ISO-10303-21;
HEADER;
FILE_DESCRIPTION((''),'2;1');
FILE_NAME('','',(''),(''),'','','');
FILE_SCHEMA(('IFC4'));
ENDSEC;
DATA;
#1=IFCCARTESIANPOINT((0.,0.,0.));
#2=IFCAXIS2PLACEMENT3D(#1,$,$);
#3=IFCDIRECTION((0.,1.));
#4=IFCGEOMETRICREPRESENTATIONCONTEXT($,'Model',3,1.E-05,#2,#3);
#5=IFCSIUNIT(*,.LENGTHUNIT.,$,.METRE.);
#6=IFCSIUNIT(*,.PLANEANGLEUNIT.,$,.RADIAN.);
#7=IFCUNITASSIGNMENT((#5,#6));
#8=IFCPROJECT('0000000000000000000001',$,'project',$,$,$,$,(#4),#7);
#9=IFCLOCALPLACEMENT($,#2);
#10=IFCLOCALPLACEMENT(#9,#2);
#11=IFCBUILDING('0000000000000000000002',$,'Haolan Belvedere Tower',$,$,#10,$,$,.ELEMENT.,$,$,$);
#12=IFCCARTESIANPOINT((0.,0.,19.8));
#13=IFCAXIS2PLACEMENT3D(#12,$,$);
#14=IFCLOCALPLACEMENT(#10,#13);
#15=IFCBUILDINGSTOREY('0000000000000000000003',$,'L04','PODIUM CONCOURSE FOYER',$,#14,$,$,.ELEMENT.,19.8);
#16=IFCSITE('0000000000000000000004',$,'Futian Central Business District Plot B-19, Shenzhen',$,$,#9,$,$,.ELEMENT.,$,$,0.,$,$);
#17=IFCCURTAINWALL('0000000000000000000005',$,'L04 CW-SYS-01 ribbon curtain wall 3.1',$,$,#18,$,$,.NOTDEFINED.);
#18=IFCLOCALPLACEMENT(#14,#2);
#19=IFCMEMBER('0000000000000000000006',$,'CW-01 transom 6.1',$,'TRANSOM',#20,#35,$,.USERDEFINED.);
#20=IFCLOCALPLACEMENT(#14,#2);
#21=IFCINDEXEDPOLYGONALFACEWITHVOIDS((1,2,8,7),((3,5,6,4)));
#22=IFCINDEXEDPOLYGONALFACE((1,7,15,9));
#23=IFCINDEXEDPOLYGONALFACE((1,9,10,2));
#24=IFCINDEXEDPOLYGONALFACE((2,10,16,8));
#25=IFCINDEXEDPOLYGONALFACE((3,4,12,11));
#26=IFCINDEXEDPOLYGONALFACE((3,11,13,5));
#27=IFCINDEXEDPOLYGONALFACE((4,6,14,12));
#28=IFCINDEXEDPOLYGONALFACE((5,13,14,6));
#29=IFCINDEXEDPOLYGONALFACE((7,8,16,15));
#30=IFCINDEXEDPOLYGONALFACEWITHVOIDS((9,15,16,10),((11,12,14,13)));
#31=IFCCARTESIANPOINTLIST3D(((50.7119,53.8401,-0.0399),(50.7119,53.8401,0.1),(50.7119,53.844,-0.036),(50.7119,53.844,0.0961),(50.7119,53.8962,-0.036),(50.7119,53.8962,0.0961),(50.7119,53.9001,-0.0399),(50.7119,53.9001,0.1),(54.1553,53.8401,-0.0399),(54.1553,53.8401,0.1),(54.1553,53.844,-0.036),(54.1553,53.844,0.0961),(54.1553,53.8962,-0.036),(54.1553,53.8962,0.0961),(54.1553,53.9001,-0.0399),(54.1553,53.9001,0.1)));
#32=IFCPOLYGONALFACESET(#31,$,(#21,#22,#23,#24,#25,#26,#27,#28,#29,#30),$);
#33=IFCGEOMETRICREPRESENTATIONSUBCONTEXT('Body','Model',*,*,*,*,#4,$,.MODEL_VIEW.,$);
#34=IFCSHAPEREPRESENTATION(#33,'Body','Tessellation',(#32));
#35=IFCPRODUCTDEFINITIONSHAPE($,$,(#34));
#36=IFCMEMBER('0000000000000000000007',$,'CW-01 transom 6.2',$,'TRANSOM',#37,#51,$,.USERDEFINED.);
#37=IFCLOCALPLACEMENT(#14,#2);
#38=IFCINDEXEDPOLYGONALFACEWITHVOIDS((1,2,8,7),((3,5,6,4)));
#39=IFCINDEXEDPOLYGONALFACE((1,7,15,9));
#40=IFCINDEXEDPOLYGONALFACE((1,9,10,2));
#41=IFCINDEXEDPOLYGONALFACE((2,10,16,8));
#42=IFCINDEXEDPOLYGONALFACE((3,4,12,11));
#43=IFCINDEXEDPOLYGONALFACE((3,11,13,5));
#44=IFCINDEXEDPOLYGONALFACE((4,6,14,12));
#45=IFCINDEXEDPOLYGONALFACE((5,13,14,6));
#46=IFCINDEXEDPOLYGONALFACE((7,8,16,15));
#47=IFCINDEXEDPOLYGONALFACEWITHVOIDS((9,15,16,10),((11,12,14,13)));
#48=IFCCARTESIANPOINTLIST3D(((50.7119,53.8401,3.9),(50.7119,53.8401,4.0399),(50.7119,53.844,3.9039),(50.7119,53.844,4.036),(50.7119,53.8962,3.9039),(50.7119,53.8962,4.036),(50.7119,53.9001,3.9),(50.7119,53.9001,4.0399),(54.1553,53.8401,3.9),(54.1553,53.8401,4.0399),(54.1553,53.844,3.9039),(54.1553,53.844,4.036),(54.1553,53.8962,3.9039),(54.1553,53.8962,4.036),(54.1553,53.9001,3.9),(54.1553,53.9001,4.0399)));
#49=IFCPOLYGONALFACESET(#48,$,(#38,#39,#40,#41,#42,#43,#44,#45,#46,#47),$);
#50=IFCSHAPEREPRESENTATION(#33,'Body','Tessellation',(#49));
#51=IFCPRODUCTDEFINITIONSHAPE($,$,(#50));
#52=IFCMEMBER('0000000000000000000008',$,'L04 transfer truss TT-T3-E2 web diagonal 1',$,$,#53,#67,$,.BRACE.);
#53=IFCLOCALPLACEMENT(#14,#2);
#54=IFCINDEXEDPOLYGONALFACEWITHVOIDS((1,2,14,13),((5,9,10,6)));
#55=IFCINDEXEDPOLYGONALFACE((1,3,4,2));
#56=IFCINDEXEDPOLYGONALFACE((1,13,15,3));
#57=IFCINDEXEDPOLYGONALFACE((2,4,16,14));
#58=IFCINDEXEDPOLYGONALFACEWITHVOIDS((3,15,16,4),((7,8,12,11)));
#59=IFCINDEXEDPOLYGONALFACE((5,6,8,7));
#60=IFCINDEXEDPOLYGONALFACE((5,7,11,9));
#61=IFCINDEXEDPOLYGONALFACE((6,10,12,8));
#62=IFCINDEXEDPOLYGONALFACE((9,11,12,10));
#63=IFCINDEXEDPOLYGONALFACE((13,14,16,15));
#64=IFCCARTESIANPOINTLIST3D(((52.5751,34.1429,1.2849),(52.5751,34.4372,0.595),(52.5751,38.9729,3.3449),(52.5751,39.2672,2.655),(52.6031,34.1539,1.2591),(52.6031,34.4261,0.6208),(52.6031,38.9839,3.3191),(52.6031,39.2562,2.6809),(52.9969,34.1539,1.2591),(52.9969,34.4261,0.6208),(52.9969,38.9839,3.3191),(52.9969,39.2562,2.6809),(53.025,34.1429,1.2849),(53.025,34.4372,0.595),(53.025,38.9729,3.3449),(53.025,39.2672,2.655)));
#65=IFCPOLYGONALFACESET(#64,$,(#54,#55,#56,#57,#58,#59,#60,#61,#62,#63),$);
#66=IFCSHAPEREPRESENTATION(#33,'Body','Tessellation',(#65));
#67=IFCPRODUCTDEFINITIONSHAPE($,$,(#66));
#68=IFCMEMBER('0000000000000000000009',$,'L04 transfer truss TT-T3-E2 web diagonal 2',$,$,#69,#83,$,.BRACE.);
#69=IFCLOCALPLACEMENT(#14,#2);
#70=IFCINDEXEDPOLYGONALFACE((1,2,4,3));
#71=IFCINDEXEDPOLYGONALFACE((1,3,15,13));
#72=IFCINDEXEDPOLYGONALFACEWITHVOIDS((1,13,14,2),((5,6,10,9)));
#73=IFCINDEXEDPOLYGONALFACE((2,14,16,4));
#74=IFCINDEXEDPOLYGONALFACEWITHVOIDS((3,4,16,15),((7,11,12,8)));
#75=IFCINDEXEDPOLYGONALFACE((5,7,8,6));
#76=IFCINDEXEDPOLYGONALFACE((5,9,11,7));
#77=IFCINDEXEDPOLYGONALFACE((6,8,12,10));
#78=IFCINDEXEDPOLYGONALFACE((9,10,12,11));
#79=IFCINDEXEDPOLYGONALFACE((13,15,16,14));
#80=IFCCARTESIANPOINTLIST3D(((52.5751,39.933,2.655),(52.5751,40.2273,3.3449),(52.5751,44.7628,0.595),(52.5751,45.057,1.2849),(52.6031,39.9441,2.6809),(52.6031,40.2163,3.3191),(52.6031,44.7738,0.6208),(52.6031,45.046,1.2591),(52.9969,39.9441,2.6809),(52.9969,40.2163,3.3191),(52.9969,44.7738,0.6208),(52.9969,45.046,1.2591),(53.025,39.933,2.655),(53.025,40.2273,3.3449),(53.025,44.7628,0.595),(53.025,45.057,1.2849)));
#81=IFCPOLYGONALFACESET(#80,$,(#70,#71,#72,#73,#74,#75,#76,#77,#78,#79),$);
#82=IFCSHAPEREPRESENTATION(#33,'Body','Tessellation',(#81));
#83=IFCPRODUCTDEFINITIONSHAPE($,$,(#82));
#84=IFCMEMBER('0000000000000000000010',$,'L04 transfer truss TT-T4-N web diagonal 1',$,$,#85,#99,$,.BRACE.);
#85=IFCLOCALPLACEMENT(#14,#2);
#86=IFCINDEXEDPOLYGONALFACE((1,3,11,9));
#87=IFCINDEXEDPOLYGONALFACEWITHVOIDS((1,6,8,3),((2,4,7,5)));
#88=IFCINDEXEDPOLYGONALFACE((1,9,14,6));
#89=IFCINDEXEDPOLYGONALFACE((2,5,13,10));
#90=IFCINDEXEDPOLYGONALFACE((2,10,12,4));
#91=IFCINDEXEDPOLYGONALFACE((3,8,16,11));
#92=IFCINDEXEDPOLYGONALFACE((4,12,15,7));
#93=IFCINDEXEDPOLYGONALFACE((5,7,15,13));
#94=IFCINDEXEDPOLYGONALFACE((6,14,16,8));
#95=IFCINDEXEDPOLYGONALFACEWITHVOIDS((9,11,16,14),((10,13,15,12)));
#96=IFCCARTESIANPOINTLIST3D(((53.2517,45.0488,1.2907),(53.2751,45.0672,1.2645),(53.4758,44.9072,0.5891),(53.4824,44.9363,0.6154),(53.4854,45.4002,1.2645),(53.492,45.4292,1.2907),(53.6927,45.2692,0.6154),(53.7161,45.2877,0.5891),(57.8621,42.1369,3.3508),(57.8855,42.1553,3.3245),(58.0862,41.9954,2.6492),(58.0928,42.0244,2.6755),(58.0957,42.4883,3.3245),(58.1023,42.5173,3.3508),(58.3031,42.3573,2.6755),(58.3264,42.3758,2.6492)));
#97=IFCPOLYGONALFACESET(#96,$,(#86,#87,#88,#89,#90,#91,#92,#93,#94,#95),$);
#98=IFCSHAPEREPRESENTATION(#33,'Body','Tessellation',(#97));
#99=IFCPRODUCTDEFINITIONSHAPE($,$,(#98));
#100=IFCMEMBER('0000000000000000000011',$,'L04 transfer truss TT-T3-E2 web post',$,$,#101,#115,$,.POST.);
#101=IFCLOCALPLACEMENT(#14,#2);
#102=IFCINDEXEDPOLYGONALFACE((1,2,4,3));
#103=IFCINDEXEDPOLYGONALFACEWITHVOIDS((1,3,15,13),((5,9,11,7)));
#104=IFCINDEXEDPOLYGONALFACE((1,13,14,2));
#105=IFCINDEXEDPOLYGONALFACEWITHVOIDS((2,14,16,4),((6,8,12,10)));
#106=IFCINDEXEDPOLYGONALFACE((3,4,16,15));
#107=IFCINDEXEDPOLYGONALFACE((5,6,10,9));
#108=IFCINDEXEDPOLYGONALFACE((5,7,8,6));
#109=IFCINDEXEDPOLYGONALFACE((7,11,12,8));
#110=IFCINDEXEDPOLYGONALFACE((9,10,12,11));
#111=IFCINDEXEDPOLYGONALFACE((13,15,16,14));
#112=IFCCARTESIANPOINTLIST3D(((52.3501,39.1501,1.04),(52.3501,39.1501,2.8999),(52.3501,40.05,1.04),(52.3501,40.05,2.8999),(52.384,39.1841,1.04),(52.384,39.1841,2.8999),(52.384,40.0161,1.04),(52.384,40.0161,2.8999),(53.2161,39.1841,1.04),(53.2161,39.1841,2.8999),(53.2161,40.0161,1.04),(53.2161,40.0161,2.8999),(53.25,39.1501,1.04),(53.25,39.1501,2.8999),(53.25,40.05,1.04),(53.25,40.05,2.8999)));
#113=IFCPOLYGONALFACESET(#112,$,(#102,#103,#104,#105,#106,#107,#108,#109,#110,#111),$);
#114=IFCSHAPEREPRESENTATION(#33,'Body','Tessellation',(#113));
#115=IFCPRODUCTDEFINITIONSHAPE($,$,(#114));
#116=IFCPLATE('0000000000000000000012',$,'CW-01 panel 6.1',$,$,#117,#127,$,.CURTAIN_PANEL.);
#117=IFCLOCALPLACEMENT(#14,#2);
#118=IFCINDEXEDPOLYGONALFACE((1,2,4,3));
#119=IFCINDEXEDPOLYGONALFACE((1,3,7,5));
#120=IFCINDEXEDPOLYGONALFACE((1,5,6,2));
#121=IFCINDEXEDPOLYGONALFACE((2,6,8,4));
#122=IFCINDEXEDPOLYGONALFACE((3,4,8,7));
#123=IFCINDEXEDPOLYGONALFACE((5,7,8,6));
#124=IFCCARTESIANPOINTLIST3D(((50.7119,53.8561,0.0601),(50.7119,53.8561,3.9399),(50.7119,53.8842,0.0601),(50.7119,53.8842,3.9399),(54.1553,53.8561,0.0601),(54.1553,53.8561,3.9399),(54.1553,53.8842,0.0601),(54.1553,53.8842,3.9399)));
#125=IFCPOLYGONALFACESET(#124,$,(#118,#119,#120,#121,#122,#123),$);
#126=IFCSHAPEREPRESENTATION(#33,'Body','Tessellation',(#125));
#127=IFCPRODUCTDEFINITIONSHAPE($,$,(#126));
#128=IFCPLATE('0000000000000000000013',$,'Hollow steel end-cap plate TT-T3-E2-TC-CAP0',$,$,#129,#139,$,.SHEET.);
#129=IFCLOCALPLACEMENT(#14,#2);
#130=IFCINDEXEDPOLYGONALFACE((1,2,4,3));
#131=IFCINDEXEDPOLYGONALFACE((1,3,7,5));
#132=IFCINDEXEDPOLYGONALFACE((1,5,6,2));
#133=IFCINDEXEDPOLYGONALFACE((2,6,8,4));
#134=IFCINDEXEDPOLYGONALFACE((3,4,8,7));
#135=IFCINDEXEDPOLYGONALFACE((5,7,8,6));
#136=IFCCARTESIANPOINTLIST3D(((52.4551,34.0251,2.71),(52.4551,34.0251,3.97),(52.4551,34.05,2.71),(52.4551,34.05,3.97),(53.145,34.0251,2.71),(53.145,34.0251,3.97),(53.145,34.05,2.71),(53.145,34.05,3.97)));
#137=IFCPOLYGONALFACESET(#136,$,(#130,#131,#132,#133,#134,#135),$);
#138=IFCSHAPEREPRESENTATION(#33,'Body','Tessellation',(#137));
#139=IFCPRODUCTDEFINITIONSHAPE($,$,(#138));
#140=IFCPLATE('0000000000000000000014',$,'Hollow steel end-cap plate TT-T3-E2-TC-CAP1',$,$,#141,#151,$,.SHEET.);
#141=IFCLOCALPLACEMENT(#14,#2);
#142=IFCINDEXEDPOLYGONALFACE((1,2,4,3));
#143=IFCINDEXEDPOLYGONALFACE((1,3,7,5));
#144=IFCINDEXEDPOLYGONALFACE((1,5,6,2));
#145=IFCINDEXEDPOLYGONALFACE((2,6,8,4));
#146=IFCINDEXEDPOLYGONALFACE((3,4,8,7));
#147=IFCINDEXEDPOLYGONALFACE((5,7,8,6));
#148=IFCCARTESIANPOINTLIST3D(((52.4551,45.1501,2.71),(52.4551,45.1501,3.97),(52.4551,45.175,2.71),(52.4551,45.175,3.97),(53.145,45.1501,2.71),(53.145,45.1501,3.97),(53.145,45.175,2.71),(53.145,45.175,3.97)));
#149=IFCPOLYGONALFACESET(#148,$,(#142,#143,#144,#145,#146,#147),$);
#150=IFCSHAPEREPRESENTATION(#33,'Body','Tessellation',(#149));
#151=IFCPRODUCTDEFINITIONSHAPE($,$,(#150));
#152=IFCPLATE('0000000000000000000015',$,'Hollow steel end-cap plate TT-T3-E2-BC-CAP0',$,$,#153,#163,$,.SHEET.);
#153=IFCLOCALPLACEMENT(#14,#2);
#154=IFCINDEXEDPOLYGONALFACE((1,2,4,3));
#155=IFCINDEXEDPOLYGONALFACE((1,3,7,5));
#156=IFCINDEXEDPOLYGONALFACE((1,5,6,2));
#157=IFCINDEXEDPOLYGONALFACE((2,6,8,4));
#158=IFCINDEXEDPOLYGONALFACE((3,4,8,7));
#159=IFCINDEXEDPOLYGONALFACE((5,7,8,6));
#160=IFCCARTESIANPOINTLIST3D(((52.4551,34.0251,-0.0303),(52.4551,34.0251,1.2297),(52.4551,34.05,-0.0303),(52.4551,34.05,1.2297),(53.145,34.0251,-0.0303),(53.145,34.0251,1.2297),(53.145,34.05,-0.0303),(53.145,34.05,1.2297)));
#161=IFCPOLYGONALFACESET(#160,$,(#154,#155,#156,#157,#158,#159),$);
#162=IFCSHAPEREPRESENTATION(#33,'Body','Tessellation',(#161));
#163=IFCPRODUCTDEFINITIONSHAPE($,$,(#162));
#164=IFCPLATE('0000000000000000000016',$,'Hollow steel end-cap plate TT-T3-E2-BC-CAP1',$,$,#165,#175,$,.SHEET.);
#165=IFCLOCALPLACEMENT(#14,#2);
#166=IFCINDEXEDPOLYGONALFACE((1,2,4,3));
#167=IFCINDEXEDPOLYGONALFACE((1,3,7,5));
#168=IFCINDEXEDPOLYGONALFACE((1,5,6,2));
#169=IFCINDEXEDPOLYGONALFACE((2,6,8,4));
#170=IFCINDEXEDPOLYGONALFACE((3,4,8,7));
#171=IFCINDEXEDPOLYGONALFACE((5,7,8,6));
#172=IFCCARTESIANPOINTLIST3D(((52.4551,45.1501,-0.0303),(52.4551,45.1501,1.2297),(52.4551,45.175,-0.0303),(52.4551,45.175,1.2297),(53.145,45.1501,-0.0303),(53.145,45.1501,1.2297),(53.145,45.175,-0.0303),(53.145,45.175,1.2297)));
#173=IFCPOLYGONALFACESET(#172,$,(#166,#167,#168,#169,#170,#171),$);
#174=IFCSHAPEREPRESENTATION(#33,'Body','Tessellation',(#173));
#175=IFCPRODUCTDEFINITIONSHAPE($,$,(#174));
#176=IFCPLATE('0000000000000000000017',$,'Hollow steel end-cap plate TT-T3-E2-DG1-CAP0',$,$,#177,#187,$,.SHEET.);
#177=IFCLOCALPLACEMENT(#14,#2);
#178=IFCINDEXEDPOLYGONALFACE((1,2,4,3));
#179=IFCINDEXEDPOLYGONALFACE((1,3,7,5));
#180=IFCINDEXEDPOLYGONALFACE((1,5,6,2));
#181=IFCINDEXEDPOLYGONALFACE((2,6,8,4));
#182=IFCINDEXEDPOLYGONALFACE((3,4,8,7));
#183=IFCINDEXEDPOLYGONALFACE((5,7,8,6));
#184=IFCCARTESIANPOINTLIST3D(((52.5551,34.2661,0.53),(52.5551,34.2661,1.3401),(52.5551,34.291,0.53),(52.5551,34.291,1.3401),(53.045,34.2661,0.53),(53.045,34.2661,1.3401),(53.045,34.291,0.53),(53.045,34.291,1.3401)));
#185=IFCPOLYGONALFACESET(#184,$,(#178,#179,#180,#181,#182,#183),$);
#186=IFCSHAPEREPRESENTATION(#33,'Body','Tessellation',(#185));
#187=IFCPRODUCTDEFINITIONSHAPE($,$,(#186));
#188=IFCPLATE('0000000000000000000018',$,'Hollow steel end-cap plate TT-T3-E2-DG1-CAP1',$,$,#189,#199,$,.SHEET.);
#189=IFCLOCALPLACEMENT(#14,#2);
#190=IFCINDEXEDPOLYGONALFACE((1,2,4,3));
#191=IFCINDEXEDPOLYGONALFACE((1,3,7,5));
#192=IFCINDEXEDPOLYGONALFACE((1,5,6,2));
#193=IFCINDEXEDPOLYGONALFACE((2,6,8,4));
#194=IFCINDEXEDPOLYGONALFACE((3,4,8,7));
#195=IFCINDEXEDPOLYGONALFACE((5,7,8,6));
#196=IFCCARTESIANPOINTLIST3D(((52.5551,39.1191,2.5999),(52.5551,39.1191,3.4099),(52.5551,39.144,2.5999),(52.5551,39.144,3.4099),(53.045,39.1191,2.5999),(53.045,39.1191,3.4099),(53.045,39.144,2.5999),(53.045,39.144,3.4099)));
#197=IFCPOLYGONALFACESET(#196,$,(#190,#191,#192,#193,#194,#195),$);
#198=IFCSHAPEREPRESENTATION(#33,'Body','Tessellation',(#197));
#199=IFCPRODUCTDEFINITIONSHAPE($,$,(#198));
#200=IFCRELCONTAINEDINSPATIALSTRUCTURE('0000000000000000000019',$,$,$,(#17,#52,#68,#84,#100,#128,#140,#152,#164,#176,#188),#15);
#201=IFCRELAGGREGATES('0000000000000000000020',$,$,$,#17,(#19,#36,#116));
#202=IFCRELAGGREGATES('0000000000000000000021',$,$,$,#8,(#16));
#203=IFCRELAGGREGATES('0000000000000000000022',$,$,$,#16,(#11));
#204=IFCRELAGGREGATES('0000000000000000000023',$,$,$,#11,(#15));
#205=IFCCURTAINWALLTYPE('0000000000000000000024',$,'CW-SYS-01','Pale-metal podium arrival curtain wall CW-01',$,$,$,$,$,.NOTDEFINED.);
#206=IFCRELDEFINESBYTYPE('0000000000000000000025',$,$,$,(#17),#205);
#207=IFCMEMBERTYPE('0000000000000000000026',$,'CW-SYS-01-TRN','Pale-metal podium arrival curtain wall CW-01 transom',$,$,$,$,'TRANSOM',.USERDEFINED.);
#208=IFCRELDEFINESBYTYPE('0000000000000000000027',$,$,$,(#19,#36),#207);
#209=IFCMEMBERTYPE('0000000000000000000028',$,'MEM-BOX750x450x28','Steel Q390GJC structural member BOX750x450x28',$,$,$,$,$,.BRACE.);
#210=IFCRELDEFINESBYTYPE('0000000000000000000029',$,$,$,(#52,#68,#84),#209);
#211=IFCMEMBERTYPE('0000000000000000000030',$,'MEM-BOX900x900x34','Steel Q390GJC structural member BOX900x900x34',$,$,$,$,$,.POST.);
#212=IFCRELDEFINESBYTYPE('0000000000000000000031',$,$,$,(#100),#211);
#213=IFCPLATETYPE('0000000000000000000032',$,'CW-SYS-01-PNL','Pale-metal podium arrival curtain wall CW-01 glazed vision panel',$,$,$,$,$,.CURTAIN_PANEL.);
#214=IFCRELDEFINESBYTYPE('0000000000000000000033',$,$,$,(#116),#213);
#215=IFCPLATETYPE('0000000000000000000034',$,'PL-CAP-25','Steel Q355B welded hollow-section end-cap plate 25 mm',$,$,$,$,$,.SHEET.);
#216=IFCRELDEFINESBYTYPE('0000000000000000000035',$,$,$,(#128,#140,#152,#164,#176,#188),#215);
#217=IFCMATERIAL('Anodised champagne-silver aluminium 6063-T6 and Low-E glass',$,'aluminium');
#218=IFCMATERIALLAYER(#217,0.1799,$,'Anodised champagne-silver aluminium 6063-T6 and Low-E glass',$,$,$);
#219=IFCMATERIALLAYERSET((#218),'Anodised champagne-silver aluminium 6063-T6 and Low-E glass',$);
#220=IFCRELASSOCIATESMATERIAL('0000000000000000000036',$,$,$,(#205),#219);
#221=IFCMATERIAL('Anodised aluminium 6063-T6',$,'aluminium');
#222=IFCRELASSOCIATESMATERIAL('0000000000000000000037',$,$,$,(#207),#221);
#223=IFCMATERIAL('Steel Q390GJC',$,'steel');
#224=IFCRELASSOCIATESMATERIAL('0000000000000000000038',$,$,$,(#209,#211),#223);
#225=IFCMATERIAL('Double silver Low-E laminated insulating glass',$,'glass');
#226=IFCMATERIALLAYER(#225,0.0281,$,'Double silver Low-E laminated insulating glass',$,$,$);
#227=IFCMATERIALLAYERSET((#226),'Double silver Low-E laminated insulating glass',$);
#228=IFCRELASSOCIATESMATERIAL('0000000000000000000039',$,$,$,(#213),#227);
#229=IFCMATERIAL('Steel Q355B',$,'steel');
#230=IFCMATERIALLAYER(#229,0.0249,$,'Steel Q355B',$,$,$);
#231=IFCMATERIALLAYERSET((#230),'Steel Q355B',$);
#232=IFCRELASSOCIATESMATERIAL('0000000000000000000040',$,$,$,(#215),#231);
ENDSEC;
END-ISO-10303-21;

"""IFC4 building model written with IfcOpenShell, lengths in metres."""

from ifc_helpers import new_model, si_unit, direction, frame, origin, origin_2d, place, context, subcontext, project, spatial, rectangle, hollow_rectangle, extrude, material, layer, layer_set, material_profile, profile_set, type_object, element, aggregate, save


model = new_model("IFC4")

# Units and contexts
model_context = context("Model", 3, precision=1e-05, world=origin(), true_north=direction((0.0, 1.0)))
body_context = subcontext(model_context, "Body", "Model", "MODEL_VIEW")
ifc_project = project(units=[si_unit("LENGTHUNIT", "METRE"), si_unit("PLANEANGLEUNIT", "RADIAN")], contexts=[model_context])

# Site, building, storey
site_placement = place(None, origin())
site = spatial("IfcSite", under=ifc_project, at=site_placement, Name="Futian Central Business District Plot B-19, Shenzhen", CompositionType="ELEMENT", RefElevation=0.0)
building_placement = place(site_placement, origin())
building = spatial("IfcBuilding", under=site, at=building_placement, Name="Haolan Belvedere Tower", CompositionType="ELEMENT")
storey_placement = place(building_placement, frame((0.0, 0.0, 19.8)))
storey = spatial("IfcBuildingStorey", under=building, at=storey_placement, Name="L04", Description="PODIUM CONCOURSE FOYER", CompositionType="ELEMENT", Elevation=19.8)

# Shared definitions
ifc_material_1 = material(Name="Steel Q355B", Category="steel")

# Curtain wall, members
ifc_material_2 = material(Name="Anodised champagne-silver aluminium 6063-T6 and Low-E glass", Category="aluminium")
ifc_layer_1 = layer(ifc_material_2, 0.1799, Name="Anodised champagne-silver aluminium 6063-T6 and Low-E glass")
ifc_layer_set_1 = layer_set([ifc_layer_1], Name="Anodised champagne-silver aluminium 6063-T6 and Low-E glass")
curtain_wall_type = type_object("IfcCurtainWallType", Name="CW-SYS-01", Description="Pale-metal podium arrival curtain wall CW-01", PredefinedType="NOTDEFINED", material=ifc_layer_set_1)
curtain_wall_placement = place(storey_placement, origin())
curtain_wall = element("IfcCurtainWall", 1, at=curtain_wall_placement, inside=storey, type_object=curtain_wall_type, Name="L04 CW-SYS-01 ribbon curtain wall 3.1", PredefinedType="NOTDEFINED")
ifc_material_3 = material(Name="Anodised aluminium 6063-T6", Category="aluminium")
ifc_material_profile_1 = material_profile(ifc_material_3, hollow_rectangle(XDim=0.0601, YDim=0.1399, WallThickness=0.0039, at=origin_2d()), Name="Anodised aluminium 6063-T6")
ifc_profile_set_1 = profile_set([ifc_material_profile_1], Name="Anodised aluminium 6063-T6")
member_type_1 = type_object("IfcMemberType", Name="CW-SYS-01-TRN", Description="Pale-metal podium arrival curtain wall CW-01 transom", ElementType="TRANSOM", PredefinedType="USERDEFINED", material=ifc_profile_set_1)
member_1_placement = place(storey_placement, frame((54.1553, 53.8701, 0.03), z_axis=(-1.0, 0.0, 0.0), x_axis=(0.0, -1.0, 0.0)))
member_1 = element("IfcMember", 2, at=member_1_placement, type_object=member_type_1, Name="CW-01 transom 6.1", ObjectType="TRANSOM", PredefinedType="USERDEFINED", context=body_context, shape_type="SweptSolid", body=[
    extrude(hollow_rectangle(XDim=0.0601, YDim=0.1399, WallThickness=0.0039, at=origin_2d()), origin(), (0.0, 0.0, 1.0), 3.4434),
])
member_2_placement = place(storey_placement, frame((54.1553, 53.8701, 3.97), z_axis=(-1.0, 0.0, 0.0), x_axis=(0.0, -1.0, 0.0)))
member_2 = element("IfcMember", 3, at=member_2_placement, type_object=member_type_1, Name="CW-01 transom 6.2", ObjectType="TRANSOM", PredefinedType="USERDEFINED", context=body_context, shape_type="SweptSolid", body=[
    extrude(hollow_rectangle(XDim=0.0601, YDim=0.1399, WallThickness=0.0039, at=origin_2d()), origin(), (0.0, 0.0, 1.0), 3.4434),
])

# Members
ifc_material_4 = material(Name="Steel Q390GJC", Category="steel")
ifc_material_profile_2 = material_profile(ifc_material_4, hollow_rectangle(XDim=0.45, YDim=0.75, WallThickness=0.0281, at=origin_2d()), Name="Steel Q390GJC")
ifc_profile_set_2 = profile_set([ifc_material_profile_2], Name="Steel Q390GJC")
member_type_2 = type_object("IfcMemberType", Name="MEM-BOX750x450x28", Description="Steel Q390GJC structural member BOX750x450x28", PredefinedType="BRACE", material=ifc_profile_set_2)
member_3_placement = place(storey_placement, frame((52.8, 34.29, 0.9399), z_axis=(0.0, 0.919831, 0.392314), x_axis=(-1.0, 0.0, 0.0)))
element("IfcMember", 4, at=member_3_placement, inside=storey, type_object=member_type_2, Name="L04 transfer truss TT-T3-E2 web diagonal 1", PredefinedType="BRACE", context=body_context, shape_type="SweptSolid", body=[
    extrude(hollow_rectangle(XDim=0.45, YDim=0.75, WallThickness=0.0281, at=origin_2d()), origin(), (0.0, 0.0, 1.0), 5.251),
])
member_4_placement = place(storey_placement, frame((52.8, 44.9099, 0.9399), z_axis=(0.0, -0.919824, 0.392331), x_axis=(1.0, 0.0, 0.0)))
element("IfcMember", 5, at=member_4_placement, inside=storey, type_object=member_type_2, Name="L04 transfer truss TT-T3-E2 web diagonal 2", PredefinedType="BRACE", context=body_context, shape_type="SweptSolid", body=[
    extrude(hollow_rectangle(XDim=0.45, YDim=0.75, WallThickness=0.0281, at=origin_2d()), origin(), (0.0, 0.0, 1.0), 5.2507),
])
member_5_placement = place(storey_placement, frame((53.4839, 45.1682, 0.9399), z_axis=(0.790923, -0.499541, 0.353411), x_axis=(0.534001, 0.845484, 0.0)))
element("IfcMember", 6, at=member_5_placement, inside=storey, type_object=member_type_2, Name="L04 transfer truss TT-T4-N web diagonal 1", PredefinedType="BRACE", context=body_context, shape_type="SweptSolid", body=[
    extrude(hollow_rectangle(XDim=0.45, YDim=0.75, WallThickness=0.0281, at=origin_2d()), origin(), (0.0, 0.0, 1.0), 5.8291),
])
ifc_material_profile_3 = material_profile(ifc_material_4, hollow_rectangle(XDim=0.8999, YDim=0.8999, WallThickness=0.0339, at=origin_2d()), Name="Steel Q390GJC")
ifc_profile_set_3 = profile_set([ifc_material_profile_3], Name="Steel Q390GJC")
member_type_3 = type_object("IfcMemberType", Name="MEM-BOX900x900x34", Description="Steel Q390GJC structural member BOX900x900x34", PredefinedType="POST", material=ifc_profile_set_3)
member_6_placement = place(storey_placement, frame((52.8, 39.6001, 1.04), z_axis=(0.0, 0.0, 1.0), x_axis=(1.0, 0.0, 0.0)))
element("IfcMember", 7, at=member_6_placement, inside=storey, type_object=member_type_3, Name="L04 transfer truss TT-T3-E2 web post", PredefinedType="POST", context=body_context, shape_type="SweptSolid", body=[
    extrude(hollow_rectangle(XDim=0.8999, YDim=0.8999, WallThickness=0.0339, at=origin_2d()), origin(), (0.0, 0.0, 1.0), 1.8599),
])

# Plate
ifc_material_5 = material(Name="Double silver Low-E laminated insulating glass", Category="glass")
ifc_layer_2 = layer(ifc_material_5, 0.0281, Name="Double silver Low-E laminated insulating glass")
ifc_layer_set_2 = layer_set([ifc_layer_2], Name="Double silver Low-E laminated insulating glass")
plate_type_1 = type_object("IfcPlateType", Name="CW-SYS-01-PNL", Description="Pale-metal podium arrival curtain wall CW-01 glazed vision panel", PredefinedType="CURTAIN_PANEL", material=ifc_layer_set_2)
plate_1_placement = place(storey_placement, frame((52.4336, 53.8701, 0.0601), z_axis=(0.0, 0.0, 1.0), x_axis=(-1.0, 0.0, 0.0)))
plate_1 = element("IfcPlate", 8, at=plate_1_placement, type_object=plate_type_1, Name="CW-01 panel 6.1", PredefinedType="CURTAIN_PANEL", context=body_context, shape_type="SweptSolid", body=[
    extrude(rectangle(XDim=3.4434, YDim=0.0281, at=origin_2d()), origin(), (0.0, 0.0, 1.0), 3.8799),
])
aggregate(curtain_wall, [member_1, member_2, plate_1])

# Plates
ifc_layer_3 = layer(ifc_material_1, 0.0249, Name="Steel Q355B")
ifc_layer_set_3 = layer_set([ifc_layer_3], Name="Steel Q355B")
plate_type_2 = type_object("IfcPlateType", Name="PL-CAP-25", Description="Steel Q355B welded hollow-section end-cap plate 25 mm", PredefinedType="SHEET", material=ifc_layer_set_3)
for number, where, z_axis, x_axis, name in (
    (9, (52.8, 34.0376, 2.71), (0.0, 0.0, 1.0), (1.0, 0.0, 0.0), "Hollow steel end-cap plate TT-T3-E2-TC-CAP0"),
    (10, (52.8, 45.1626, 2.71), (0.0, 0.0, 1.0), (-1.0, 0.0, 0.0), "Hollow steel end-cap plate TT-T3-E2-TC-CAP1"),
    (11, (52.8, 34.0376, -0.0303), (0.0, 0.0, 1.0), (1.0, 0.0, 0.0), "Hollow steel end-cap plate TT-T3-E2-BC-CAP0"),
    (12, (52.8, 45.1626, -0.0303), (0.0, 0.0, 1.0), (-1.0, 0.0, 0.0), "Hollow steel end-cap plate TT-T3-E2-BC-CAP1"),
):
    element("IfcPlate", number, at=place(storey_placement, frame(where, z_axis=z_axis, x_axis=x_axis)), inside=storey, type_object=plate_type_2, Name=name, PredefinedType="SHEET", context=body_context, shape_type="SweptSolid", body=[
        extrude(rectangle(XDim=0.6899, YDim=0.0249, at=origin_2d()), origin(), (0.0, 0.0, 1.0), 1.26),
    ])
for number, where, z_axis, x_axis, name in (
    (13, (52.8, 34.2786, 0.53), (0.0, 0.0, 1.0), (1.0, 0.0, 0.0), "Hollow steel end-cap plate TT-T3-E2-DG1-CAP0"),
    (14, (52.8, 39.1316, 2.5999), (0.0, 0.0, 1.0), (-1.0, 0.0, 0.0), "Hollow steel end-cap plate TT-T3-E2-DG1-CAP1"),
):
    element("IfcPlate", number, at=place(storey_placement, frame(where, z_axis=z_axis, x_axis=x_axis)), inside=storey, type_object=plate_type_2, Name=name, PredefinedType="SHEET", context=body_context, shape_type="SweptSolid", body=[
        extrude(rectangle(XDim=0.49, YDim=0.0249, at=origin_2d()), origin(), (0.0, 0.0, 1.0), 0.8101),
    ])

save(model, "model.ifc")
